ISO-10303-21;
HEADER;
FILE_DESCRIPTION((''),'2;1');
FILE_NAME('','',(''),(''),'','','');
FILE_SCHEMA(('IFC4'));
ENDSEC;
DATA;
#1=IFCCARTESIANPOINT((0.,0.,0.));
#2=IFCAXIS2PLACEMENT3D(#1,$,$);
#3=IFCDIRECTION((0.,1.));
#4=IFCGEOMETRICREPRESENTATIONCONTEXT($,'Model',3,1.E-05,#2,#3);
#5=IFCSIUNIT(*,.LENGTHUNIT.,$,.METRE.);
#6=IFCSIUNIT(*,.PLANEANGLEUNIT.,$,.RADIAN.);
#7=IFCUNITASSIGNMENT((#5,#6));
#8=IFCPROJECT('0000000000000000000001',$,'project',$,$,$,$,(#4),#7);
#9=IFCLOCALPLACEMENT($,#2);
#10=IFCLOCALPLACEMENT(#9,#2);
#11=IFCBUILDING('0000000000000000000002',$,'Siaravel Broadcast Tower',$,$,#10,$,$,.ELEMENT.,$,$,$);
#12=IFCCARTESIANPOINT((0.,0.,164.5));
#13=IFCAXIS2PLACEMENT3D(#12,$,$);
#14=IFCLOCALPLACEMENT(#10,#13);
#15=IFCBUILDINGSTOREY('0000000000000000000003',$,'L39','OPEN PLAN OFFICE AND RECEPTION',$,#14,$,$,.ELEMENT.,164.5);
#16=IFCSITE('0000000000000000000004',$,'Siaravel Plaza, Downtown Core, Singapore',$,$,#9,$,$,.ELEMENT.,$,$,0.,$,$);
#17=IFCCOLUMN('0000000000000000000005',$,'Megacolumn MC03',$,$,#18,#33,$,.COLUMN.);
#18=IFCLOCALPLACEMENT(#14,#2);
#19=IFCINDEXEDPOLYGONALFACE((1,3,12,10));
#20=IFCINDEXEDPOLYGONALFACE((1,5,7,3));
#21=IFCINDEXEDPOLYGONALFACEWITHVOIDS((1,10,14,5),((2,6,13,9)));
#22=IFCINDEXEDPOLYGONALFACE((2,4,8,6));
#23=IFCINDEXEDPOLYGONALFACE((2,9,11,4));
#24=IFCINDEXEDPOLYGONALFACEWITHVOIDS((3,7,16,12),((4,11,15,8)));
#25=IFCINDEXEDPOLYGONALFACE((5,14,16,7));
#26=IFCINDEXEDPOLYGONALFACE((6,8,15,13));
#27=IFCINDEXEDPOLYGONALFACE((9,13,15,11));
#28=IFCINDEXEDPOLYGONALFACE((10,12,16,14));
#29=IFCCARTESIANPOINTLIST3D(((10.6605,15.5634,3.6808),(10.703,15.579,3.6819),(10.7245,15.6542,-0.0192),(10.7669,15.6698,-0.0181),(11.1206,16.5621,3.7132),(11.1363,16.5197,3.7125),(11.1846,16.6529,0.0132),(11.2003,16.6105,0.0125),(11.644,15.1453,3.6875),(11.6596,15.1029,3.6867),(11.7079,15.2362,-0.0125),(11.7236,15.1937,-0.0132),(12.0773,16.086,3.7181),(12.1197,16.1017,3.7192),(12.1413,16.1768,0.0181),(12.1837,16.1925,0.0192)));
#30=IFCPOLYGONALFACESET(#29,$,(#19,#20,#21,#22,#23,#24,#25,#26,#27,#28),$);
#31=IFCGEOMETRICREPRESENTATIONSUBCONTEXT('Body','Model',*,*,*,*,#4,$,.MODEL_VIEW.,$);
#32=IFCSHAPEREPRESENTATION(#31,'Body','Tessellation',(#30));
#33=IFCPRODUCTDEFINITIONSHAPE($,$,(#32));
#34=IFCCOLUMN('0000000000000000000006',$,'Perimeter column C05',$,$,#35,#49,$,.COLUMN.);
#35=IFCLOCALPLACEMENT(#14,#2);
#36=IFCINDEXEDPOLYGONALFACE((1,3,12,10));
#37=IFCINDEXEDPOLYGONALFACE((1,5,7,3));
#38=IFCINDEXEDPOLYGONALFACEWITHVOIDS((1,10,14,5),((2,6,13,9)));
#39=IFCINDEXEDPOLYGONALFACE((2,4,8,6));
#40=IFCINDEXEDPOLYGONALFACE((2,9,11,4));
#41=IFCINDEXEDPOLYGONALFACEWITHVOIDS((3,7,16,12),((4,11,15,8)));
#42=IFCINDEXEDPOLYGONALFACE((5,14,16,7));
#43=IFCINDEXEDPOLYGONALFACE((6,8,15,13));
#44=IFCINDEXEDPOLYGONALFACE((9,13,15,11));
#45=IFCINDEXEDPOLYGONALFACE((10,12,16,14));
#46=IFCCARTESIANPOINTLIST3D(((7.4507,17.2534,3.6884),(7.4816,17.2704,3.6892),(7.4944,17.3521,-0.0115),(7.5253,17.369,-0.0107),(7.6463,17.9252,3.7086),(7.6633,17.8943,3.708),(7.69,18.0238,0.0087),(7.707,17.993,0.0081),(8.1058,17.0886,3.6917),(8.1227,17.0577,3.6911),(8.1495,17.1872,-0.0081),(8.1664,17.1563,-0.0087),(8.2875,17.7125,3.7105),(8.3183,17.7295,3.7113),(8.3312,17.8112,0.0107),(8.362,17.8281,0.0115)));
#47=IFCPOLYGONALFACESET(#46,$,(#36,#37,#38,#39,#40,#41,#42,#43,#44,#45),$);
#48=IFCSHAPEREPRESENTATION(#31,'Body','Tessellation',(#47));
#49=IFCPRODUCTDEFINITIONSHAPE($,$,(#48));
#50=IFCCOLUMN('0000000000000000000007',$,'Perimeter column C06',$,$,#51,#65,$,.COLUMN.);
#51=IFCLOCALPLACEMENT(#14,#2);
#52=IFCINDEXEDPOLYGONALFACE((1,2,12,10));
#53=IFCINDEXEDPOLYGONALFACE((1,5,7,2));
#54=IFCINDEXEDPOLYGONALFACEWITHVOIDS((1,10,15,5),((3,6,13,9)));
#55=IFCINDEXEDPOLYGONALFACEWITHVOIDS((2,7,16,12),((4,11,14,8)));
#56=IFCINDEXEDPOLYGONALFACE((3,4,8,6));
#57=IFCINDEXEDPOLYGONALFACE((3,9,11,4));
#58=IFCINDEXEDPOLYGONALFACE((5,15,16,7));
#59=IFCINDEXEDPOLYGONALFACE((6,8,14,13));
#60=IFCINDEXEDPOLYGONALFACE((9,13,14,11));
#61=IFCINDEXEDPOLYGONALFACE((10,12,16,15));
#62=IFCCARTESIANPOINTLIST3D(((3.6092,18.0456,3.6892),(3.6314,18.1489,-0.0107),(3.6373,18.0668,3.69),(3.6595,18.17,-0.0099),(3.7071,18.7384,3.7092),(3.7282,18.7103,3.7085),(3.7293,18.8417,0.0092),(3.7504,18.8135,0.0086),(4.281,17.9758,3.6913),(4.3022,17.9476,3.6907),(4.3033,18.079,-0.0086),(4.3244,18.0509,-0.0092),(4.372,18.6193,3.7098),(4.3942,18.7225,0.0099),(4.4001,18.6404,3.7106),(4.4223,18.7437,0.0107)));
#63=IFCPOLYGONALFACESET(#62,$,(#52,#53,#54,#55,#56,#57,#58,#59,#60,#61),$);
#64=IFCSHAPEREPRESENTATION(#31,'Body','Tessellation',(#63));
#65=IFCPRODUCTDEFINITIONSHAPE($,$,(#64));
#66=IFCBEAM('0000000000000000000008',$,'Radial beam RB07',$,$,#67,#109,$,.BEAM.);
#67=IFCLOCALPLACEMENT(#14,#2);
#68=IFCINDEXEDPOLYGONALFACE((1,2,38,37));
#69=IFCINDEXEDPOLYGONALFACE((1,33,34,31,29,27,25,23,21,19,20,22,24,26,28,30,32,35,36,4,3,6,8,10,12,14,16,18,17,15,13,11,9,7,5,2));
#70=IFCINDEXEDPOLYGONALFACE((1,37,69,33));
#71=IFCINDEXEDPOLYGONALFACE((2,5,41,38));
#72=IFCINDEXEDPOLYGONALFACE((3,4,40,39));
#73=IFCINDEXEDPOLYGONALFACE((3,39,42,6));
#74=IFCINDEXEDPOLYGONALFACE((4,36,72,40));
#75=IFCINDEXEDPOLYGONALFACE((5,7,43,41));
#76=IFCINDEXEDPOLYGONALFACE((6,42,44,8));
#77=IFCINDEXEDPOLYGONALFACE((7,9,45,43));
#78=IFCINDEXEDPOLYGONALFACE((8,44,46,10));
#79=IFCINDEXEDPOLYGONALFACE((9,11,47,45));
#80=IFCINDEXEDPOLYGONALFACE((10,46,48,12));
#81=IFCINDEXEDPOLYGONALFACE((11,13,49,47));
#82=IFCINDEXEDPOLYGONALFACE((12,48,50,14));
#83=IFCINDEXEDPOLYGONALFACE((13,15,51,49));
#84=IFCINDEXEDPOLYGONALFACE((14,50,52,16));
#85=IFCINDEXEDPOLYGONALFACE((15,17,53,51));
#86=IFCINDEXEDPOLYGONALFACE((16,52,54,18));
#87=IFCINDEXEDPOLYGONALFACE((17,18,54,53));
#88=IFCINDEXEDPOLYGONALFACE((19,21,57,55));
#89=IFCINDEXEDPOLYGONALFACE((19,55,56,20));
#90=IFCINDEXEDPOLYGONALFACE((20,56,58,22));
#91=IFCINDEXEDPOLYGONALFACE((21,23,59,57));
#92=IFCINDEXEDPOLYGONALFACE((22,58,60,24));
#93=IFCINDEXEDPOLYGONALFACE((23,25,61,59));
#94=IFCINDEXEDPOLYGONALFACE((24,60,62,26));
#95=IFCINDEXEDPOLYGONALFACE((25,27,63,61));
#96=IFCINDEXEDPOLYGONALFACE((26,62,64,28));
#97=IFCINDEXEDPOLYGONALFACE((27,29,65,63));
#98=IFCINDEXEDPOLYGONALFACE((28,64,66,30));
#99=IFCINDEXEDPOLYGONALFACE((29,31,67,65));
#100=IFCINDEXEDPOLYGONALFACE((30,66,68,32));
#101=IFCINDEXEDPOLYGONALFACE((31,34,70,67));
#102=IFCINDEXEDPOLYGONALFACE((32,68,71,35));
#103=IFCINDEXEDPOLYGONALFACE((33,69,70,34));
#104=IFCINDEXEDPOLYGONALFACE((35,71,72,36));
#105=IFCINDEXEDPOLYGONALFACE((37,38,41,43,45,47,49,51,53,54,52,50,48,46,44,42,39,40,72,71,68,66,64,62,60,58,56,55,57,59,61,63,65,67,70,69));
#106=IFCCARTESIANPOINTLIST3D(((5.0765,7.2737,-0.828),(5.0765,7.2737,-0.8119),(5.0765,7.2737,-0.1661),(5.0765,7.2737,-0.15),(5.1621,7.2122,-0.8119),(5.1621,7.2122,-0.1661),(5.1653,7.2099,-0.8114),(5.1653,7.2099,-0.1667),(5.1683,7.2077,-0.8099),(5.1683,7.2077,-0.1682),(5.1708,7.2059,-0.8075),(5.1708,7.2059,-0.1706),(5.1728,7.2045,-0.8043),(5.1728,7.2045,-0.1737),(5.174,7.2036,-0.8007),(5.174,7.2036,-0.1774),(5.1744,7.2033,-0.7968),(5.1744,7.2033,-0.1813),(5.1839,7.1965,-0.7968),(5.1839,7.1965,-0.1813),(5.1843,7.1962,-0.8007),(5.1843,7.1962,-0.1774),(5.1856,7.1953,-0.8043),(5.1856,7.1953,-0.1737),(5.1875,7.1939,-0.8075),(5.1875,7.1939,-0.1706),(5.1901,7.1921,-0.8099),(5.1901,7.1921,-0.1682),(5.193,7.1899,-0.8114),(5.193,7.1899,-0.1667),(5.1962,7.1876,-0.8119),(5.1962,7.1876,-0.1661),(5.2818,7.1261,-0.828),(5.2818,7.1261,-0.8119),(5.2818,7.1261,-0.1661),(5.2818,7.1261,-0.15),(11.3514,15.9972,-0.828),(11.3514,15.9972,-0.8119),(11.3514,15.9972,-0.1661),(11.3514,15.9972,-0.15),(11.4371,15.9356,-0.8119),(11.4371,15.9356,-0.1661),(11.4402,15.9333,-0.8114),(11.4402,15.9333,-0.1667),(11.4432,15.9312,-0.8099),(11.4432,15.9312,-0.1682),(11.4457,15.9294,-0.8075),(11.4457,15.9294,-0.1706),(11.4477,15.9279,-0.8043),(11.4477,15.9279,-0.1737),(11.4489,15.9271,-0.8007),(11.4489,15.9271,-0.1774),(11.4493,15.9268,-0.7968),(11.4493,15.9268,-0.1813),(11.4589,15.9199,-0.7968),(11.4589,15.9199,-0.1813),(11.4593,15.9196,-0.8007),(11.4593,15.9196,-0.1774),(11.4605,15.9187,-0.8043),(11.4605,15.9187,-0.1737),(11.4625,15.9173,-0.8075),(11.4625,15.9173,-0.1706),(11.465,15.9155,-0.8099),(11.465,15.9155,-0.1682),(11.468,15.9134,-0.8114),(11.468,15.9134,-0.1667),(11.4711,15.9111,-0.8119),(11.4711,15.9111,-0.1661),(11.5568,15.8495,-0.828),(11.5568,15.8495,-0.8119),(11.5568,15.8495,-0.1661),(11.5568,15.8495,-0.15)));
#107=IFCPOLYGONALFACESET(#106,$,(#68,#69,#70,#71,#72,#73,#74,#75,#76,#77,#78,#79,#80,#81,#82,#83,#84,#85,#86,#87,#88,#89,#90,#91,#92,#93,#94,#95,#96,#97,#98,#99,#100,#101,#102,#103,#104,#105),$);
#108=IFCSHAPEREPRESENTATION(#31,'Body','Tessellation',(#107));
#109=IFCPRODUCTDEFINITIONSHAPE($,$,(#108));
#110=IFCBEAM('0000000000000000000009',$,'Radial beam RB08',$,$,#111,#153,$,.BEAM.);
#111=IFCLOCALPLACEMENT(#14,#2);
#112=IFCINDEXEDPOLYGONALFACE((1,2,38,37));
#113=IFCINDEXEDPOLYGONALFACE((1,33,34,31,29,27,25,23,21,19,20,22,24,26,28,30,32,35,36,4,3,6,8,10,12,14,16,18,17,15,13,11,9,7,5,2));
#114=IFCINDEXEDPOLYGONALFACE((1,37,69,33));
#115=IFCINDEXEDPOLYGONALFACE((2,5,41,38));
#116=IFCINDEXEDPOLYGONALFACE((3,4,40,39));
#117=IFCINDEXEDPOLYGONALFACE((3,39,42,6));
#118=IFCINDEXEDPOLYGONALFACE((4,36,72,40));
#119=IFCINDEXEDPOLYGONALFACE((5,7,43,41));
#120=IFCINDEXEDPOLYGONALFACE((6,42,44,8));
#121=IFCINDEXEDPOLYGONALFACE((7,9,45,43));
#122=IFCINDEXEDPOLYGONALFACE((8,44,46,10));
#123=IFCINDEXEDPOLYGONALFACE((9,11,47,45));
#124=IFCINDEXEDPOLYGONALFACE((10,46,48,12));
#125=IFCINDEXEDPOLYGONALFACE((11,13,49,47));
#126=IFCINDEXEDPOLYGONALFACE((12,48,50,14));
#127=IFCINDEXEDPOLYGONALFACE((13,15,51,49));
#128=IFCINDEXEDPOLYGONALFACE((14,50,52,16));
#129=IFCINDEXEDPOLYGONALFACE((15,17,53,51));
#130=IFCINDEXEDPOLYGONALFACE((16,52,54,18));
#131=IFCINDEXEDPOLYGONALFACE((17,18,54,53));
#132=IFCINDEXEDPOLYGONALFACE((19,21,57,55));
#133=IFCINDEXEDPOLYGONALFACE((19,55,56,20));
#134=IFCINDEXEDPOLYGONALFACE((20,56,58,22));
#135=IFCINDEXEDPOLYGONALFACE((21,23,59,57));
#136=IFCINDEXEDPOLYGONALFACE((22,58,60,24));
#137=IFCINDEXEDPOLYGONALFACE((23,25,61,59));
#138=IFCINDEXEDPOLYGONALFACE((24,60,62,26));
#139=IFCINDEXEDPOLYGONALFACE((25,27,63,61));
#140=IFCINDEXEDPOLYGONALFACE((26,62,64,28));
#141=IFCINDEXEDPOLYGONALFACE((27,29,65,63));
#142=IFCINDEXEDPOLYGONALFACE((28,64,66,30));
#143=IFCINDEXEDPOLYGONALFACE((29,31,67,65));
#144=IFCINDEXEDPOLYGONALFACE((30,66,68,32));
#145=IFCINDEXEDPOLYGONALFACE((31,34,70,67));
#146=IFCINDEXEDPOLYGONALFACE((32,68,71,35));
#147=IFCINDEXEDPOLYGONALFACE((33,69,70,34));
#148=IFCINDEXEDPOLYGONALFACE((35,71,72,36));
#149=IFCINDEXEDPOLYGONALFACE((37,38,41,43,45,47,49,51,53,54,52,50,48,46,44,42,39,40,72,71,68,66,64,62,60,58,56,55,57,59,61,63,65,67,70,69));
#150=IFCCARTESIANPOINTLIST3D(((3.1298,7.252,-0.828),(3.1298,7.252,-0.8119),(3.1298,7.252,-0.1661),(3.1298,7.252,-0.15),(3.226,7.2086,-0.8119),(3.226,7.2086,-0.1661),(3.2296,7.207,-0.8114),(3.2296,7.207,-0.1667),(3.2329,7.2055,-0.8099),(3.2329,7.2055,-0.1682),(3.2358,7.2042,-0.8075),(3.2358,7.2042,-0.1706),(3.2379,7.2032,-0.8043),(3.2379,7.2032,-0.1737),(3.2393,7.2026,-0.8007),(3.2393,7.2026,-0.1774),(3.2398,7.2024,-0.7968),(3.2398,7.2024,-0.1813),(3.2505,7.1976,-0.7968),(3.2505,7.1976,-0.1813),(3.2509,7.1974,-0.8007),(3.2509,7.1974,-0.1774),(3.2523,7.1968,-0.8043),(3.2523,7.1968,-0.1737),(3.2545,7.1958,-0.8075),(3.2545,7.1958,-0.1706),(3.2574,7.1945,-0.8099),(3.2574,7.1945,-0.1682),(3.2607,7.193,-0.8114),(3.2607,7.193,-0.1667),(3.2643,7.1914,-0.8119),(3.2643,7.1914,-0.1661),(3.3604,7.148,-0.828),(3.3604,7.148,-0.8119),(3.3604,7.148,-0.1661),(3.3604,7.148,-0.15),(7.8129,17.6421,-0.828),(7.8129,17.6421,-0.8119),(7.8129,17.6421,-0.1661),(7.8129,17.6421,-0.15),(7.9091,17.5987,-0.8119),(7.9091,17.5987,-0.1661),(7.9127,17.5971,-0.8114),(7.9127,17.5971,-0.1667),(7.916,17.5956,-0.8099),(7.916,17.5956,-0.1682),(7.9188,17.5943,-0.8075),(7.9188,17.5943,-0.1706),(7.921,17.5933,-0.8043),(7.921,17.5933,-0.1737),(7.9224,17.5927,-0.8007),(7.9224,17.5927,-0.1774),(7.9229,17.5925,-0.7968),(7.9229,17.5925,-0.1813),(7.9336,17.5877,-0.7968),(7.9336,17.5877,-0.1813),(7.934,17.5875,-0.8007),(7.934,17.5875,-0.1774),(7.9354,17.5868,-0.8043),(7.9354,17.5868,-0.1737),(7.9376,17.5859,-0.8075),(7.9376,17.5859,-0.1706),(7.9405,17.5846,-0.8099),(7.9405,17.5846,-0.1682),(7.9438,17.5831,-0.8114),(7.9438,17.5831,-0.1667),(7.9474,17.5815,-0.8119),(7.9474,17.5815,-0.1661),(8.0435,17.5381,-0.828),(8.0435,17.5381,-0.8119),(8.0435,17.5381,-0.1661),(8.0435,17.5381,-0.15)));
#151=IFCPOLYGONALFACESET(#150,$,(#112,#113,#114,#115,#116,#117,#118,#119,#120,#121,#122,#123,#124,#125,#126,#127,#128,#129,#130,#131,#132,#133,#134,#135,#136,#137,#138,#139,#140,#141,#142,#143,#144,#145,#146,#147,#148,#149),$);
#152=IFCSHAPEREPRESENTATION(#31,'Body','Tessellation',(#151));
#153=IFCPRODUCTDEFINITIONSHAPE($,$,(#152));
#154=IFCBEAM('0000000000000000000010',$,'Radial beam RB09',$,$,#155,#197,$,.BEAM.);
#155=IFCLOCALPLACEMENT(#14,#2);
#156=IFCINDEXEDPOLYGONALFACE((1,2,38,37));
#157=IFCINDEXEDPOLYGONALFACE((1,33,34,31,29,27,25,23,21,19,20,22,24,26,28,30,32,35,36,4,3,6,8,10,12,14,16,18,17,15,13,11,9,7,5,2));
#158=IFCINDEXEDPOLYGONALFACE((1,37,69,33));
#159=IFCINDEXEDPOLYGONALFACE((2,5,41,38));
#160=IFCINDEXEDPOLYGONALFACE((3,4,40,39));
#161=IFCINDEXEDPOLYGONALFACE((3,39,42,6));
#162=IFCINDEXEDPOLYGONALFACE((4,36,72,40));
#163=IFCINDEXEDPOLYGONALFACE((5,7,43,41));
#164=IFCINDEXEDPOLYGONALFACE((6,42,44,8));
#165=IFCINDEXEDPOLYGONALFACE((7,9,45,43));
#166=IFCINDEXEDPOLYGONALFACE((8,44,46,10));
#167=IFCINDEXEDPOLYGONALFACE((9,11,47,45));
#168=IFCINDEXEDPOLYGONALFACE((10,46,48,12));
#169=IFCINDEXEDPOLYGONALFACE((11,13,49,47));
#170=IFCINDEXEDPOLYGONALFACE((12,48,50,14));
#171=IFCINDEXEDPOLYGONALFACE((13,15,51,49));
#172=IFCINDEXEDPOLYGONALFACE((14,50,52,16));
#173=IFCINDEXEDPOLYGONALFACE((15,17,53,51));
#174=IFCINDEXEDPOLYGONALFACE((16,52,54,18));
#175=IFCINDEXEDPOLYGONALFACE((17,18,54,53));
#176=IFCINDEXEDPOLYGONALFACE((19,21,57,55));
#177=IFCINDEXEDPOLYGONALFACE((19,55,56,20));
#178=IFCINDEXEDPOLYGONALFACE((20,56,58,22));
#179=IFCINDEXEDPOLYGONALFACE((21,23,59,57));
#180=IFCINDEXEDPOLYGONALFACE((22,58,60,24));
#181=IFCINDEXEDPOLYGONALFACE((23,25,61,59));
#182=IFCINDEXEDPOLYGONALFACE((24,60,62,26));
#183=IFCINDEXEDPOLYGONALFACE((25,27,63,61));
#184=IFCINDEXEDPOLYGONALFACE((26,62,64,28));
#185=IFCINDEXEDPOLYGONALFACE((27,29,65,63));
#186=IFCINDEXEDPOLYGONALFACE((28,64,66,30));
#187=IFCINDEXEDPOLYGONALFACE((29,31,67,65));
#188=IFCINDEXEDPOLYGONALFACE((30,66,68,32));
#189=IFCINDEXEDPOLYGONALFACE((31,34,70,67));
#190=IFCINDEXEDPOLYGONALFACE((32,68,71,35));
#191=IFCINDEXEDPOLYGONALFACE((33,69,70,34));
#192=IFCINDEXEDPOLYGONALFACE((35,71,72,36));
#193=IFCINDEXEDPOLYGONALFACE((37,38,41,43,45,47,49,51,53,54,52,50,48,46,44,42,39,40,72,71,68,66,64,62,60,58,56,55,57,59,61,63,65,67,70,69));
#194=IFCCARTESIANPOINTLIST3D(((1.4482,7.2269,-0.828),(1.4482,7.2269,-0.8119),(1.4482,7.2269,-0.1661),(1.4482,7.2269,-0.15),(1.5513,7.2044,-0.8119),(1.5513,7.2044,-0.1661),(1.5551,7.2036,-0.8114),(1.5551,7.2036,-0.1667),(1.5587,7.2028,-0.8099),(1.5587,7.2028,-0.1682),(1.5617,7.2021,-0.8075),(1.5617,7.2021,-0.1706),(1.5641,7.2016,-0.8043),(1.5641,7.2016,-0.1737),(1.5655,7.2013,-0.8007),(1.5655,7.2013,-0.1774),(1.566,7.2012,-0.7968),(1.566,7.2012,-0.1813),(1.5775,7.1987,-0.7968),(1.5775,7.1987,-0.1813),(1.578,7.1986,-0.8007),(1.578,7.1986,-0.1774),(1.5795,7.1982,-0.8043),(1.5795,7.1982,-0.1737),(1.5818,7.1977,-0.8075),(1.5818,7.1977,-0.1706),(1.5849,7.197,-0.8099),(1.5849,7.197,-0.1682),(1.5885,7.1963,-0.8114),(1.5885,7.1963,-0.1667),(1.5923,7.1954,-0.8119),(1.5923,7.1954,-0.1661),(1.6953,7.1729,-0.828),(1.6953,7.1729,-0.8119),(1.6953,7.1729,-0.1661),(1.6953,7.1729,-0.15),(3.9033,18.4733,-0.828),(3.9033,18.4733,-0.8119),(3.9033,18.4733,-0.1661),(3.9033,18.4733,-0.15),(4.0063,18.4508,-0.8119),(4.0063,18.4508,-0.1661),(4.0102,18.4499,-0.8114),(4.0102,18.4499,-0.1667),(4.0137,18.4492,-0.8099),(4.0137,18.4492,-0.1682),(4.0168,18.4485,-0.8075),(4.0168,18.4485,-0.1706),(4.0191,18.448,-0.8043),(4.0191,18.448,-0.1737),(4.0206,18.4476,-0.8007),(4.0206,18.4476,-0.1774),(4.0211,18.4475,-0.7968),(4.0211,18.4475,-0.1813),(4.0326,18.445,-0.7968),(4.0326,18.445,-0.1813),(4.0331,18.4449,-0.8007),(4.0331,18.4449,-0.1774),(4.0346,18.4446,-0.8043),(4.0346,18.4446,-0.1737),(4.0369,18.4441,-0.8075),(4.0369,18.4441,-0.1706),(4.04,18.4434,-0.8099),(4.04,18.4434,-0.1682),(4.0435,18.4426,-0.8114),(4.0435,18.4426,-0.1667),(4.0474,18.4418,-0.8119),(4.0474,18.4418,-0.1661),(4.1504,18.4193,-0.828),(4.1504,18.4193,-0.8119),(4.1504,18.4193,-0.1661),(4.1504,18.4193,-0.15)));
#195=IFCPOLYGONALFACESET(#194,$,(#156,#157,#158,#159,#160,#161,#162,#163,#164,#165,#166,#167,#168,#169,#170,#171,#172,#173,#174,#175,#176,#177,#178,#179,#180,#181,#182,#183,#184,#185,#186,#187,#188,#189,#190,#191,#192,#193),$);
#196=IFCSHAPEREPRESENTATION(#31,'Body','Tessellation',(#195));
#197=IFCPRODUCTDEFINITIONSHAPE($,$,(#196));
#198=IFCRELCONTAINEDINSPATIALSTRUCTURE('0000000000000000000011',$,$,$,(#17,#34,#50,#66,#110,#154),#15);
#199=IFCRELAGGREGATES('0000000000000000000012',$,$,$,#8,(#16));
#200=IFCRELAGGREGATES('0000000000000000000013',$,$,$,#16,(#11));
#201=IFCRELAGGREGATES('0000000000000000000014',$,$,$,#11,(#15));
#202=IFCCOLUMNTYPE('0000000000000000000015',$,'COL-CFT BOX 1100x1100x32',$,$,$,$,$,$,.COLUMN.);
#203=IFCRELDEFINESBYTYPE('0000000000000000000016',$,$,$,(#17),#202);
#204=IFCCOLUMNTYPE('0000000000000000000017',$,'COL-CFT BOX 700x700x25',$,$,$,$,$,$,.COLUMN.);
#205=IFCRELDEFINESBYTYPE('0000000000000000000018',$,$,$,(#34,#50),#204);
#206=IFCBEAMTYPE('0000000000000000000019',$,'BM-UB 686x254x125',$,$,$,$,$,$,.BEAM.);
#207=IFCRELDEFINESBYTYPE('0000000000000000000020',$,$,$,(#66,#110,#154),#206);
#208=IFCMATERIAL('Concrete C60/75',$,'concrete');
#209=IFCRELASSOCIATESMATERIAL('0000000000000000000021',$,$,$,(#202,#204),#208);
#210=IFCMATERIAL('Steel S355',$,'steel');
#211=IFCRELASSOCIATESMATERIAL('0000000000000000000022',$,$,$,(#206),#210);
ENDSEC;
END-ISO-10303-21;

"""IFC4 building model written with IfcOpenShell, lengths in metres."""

from ifc_helpers import new_model, si_unit, direction, frame, origin, origin_2d, place, context, subcontext, project, spatial, hollow_rectangle, i_section, extrude, material, material_profile, profile_set, type_object, element, save


model = new_model("IFC4")

# Units and contexts
model_context = context("Model", 3, precision=1e-05, world=origin(), true_north=direction((0.0, 1.0)))
body_context = subcontext(model_context, "Body", "Model", "MODEL_VIEW")
ifc_project = project(units=[si_unit("LENGTHUNIT", "METRE"), si_unit("PLANEANGLEUNIT", "RADIAN")], contexts=[model_context])

# Site, building, storey
site_placement = place(None, origin())
site = spatial("IfcSite", under=ifc_project, at=site_placement, Name="Siaravel Plaza, Downtown Core, Singapore", CompositionType="ELEMENT", RefElevation=0.0)
building_placement = place(site_placement, origin())
building = spatial("IfcBuilding", under=site, at=building_placement, Name="Siaravel Broadcast Tower", CompositionType="ELEMENT")
storey_placement = place(building_placement, frame((0.0, 0.0, 164.5)))
storey = spatial("IfcBuildingStorey", under=building, at=storey_placement, Name="L39", Description="OPEN PLAN OFFICE AND RECEPTION", CompositionType="ELEMENT", Elevation=164.5)

# Columns
ifc_material_1 = material(Name="Concrete C60/75", Category="concrete")
ifc_material_profile_1 = material_profile(ifc_material_1, hollow_rectangle(XDim=1.1001, YDim=1.1001, WallThickness=0.032, at=origin_2d()))
ifc_profile_set_1 = profile_set([ifc_material_profile_1], Name="Concrete C60/75")
column_type_1 = type_object("IfcColumnType", Name="COL-CFT BOX 1100x1100x32", PredefinedType="COLUMN", material=ifc_profile_set_1)
column_placement = place(storey_placement, frame((11.4541, 15.9233, 0.0), z_axis=(-0.01728, -0.024535, 0.99955), x_axis=(0.908176, -0.418553, 0.005427)))
element("IfcColumn", 1, at=column_placement, inside=storey, type_object=column_type_1, Name="Megacolumn MC03", PredefinedType="COLUMN", context=body_context, shape_type="SweptSolid", body=[
    extrude(hollow_rectangle(XDim=1.1001, YDim=1.1001, WallThickness=0.032, at=origin_2d()), origin(), (0.0, 0.0, 1.0), 3.7017),
])
ifc_material_profile_2 = material_profile(ifc_material_1, hollow_rectangle(XDim=0.7, YDim=0.7, WallThickness=0.0249, at=origin_2d()))
ifc_profile_set_2 = profile_set([ifc_material_profile_2], Name="Concrete C60/75")
column_type_2 = type_object("IfcColumnType", Name="COL-CFT BOX 700x700x25", PredefinedType="COLUMN", material=ifc_profile_set_2)
for number, where, z_axis, x_axis, name in (
    (2, (7.9282, 17.5901, 0.0), (-0.011806, -0.026647, 0.999575), (0.960097, -0.279641, 0.003885), "Perimeter column C05"),
    (3, (4.0269, 18.4463, 0.0), (-0.006002, -0.0279, 0.999593), (0.990152, -0.139979, 0.002038), "Perimeter column C06"),
):
    element("IfcColumn", number, at=place(storey_placement, frame(where, z_axis=z_axis, x_axis=x_axis)), inside=storey, type_object=column_type_2, Name=name, PredefinedType="COLUMN", context=body_context, shape_type="SweptSolid", body=[
        extrude(hollow_rectangle(XDim=0.7, YDim=0.7, WallThickness=0.0249, at=origin_2d()), origin(), (0.0, 0.0, 1.0), 3.7014),
    ])

# Beams
ifc_material_2 = material(Name="Steel S355", Category="steel")
ifc_material_profile_3 = material_profile(ifc_material_2, i_section(OverallWidth=0.2529, OverallDepth=0.678, WebThickness=0.0117, FlangeThickness=0.0161, FilletRadius=0.0151, at=origin_2d()))
ifc_profile_set_3 = profile_set([ifc_material_profile_3], Name="Steel S355")
beam_type = type_object("IfcBeamType", Name="BM-UB 686x254x125", PredefinedType="BEAM", material=ifc_profile_set_3)
beam_1_placement = place(storey_placement, frame((11.4541, 15.9233, -0.489), z_axis=(-0.583941, -0.811796, 0.0), x_axis=(0.811796, -0.583941, 0.0)))
element("IfcBeam", 4, at=beam_1_placement, inside=storey, type_object=beam_type, Name="Radial beam RB07", PredefinedType="BEAM", context=body_context, shape_type="SweptSolid", body=[
    extrude(i_section(OverallWidth=0.2529, OverallDepth=0.678, WebThickness=0.0117, FlangeThickness=0.0161, FilletRadius=0.0151, at=origin_2d()), origin(), (0.0, 0.0, 1.0), 10.7458),
])
beam_2_placement = place(storey_placement, frame((7.9282, 17.5901, -0.489), z_axis=(-0.410915, -0.911674, 0.0), x_axis=(0.911674, -0.410915, 0.0)))
element("IfcBeam", 5, at=beam_2_placement, inside=storey, type_object=beam_type, Name="Radial beam RB08", PredefinedType="BEAM", context=body_context, shape_type="SweptSolid", body=[
    extrude(i_section(OverallWidth=0.2529, OverallDepth=0.678, WebThickness=0.0117, FlangeThickness=0.0161, FilletRadius=0.0151, at=origin_2d()), origin(), (0.0, 0.0, 1.0), 11.3967),
])
beam_3_placement = place(storey_placement, frame((4.0269, 18.4463, -0.489), z_axis=(-0.213278, -0.976992, 0.0), x_axis=(0.976992, -0.213278, 0.0)))
element("IfcBeam", 6, at=beam_3_placement, inside=storey, type_object=beam_type, Name="Radial beam RB09", PredefinedType="BEAM", context=body_context, shape_type="SweptSolid", body=[
    extrude(i_section(OverallWidth=0.2529, OverallDepth=0.678, WebThickness=0.0117, FlangeThickness=0.0161, FilletRadius=0.0151, at=origin_2d()), origin(), (0.0, 0.0, 1.0), 11.5112),
])

save(model, "model.ifc")
